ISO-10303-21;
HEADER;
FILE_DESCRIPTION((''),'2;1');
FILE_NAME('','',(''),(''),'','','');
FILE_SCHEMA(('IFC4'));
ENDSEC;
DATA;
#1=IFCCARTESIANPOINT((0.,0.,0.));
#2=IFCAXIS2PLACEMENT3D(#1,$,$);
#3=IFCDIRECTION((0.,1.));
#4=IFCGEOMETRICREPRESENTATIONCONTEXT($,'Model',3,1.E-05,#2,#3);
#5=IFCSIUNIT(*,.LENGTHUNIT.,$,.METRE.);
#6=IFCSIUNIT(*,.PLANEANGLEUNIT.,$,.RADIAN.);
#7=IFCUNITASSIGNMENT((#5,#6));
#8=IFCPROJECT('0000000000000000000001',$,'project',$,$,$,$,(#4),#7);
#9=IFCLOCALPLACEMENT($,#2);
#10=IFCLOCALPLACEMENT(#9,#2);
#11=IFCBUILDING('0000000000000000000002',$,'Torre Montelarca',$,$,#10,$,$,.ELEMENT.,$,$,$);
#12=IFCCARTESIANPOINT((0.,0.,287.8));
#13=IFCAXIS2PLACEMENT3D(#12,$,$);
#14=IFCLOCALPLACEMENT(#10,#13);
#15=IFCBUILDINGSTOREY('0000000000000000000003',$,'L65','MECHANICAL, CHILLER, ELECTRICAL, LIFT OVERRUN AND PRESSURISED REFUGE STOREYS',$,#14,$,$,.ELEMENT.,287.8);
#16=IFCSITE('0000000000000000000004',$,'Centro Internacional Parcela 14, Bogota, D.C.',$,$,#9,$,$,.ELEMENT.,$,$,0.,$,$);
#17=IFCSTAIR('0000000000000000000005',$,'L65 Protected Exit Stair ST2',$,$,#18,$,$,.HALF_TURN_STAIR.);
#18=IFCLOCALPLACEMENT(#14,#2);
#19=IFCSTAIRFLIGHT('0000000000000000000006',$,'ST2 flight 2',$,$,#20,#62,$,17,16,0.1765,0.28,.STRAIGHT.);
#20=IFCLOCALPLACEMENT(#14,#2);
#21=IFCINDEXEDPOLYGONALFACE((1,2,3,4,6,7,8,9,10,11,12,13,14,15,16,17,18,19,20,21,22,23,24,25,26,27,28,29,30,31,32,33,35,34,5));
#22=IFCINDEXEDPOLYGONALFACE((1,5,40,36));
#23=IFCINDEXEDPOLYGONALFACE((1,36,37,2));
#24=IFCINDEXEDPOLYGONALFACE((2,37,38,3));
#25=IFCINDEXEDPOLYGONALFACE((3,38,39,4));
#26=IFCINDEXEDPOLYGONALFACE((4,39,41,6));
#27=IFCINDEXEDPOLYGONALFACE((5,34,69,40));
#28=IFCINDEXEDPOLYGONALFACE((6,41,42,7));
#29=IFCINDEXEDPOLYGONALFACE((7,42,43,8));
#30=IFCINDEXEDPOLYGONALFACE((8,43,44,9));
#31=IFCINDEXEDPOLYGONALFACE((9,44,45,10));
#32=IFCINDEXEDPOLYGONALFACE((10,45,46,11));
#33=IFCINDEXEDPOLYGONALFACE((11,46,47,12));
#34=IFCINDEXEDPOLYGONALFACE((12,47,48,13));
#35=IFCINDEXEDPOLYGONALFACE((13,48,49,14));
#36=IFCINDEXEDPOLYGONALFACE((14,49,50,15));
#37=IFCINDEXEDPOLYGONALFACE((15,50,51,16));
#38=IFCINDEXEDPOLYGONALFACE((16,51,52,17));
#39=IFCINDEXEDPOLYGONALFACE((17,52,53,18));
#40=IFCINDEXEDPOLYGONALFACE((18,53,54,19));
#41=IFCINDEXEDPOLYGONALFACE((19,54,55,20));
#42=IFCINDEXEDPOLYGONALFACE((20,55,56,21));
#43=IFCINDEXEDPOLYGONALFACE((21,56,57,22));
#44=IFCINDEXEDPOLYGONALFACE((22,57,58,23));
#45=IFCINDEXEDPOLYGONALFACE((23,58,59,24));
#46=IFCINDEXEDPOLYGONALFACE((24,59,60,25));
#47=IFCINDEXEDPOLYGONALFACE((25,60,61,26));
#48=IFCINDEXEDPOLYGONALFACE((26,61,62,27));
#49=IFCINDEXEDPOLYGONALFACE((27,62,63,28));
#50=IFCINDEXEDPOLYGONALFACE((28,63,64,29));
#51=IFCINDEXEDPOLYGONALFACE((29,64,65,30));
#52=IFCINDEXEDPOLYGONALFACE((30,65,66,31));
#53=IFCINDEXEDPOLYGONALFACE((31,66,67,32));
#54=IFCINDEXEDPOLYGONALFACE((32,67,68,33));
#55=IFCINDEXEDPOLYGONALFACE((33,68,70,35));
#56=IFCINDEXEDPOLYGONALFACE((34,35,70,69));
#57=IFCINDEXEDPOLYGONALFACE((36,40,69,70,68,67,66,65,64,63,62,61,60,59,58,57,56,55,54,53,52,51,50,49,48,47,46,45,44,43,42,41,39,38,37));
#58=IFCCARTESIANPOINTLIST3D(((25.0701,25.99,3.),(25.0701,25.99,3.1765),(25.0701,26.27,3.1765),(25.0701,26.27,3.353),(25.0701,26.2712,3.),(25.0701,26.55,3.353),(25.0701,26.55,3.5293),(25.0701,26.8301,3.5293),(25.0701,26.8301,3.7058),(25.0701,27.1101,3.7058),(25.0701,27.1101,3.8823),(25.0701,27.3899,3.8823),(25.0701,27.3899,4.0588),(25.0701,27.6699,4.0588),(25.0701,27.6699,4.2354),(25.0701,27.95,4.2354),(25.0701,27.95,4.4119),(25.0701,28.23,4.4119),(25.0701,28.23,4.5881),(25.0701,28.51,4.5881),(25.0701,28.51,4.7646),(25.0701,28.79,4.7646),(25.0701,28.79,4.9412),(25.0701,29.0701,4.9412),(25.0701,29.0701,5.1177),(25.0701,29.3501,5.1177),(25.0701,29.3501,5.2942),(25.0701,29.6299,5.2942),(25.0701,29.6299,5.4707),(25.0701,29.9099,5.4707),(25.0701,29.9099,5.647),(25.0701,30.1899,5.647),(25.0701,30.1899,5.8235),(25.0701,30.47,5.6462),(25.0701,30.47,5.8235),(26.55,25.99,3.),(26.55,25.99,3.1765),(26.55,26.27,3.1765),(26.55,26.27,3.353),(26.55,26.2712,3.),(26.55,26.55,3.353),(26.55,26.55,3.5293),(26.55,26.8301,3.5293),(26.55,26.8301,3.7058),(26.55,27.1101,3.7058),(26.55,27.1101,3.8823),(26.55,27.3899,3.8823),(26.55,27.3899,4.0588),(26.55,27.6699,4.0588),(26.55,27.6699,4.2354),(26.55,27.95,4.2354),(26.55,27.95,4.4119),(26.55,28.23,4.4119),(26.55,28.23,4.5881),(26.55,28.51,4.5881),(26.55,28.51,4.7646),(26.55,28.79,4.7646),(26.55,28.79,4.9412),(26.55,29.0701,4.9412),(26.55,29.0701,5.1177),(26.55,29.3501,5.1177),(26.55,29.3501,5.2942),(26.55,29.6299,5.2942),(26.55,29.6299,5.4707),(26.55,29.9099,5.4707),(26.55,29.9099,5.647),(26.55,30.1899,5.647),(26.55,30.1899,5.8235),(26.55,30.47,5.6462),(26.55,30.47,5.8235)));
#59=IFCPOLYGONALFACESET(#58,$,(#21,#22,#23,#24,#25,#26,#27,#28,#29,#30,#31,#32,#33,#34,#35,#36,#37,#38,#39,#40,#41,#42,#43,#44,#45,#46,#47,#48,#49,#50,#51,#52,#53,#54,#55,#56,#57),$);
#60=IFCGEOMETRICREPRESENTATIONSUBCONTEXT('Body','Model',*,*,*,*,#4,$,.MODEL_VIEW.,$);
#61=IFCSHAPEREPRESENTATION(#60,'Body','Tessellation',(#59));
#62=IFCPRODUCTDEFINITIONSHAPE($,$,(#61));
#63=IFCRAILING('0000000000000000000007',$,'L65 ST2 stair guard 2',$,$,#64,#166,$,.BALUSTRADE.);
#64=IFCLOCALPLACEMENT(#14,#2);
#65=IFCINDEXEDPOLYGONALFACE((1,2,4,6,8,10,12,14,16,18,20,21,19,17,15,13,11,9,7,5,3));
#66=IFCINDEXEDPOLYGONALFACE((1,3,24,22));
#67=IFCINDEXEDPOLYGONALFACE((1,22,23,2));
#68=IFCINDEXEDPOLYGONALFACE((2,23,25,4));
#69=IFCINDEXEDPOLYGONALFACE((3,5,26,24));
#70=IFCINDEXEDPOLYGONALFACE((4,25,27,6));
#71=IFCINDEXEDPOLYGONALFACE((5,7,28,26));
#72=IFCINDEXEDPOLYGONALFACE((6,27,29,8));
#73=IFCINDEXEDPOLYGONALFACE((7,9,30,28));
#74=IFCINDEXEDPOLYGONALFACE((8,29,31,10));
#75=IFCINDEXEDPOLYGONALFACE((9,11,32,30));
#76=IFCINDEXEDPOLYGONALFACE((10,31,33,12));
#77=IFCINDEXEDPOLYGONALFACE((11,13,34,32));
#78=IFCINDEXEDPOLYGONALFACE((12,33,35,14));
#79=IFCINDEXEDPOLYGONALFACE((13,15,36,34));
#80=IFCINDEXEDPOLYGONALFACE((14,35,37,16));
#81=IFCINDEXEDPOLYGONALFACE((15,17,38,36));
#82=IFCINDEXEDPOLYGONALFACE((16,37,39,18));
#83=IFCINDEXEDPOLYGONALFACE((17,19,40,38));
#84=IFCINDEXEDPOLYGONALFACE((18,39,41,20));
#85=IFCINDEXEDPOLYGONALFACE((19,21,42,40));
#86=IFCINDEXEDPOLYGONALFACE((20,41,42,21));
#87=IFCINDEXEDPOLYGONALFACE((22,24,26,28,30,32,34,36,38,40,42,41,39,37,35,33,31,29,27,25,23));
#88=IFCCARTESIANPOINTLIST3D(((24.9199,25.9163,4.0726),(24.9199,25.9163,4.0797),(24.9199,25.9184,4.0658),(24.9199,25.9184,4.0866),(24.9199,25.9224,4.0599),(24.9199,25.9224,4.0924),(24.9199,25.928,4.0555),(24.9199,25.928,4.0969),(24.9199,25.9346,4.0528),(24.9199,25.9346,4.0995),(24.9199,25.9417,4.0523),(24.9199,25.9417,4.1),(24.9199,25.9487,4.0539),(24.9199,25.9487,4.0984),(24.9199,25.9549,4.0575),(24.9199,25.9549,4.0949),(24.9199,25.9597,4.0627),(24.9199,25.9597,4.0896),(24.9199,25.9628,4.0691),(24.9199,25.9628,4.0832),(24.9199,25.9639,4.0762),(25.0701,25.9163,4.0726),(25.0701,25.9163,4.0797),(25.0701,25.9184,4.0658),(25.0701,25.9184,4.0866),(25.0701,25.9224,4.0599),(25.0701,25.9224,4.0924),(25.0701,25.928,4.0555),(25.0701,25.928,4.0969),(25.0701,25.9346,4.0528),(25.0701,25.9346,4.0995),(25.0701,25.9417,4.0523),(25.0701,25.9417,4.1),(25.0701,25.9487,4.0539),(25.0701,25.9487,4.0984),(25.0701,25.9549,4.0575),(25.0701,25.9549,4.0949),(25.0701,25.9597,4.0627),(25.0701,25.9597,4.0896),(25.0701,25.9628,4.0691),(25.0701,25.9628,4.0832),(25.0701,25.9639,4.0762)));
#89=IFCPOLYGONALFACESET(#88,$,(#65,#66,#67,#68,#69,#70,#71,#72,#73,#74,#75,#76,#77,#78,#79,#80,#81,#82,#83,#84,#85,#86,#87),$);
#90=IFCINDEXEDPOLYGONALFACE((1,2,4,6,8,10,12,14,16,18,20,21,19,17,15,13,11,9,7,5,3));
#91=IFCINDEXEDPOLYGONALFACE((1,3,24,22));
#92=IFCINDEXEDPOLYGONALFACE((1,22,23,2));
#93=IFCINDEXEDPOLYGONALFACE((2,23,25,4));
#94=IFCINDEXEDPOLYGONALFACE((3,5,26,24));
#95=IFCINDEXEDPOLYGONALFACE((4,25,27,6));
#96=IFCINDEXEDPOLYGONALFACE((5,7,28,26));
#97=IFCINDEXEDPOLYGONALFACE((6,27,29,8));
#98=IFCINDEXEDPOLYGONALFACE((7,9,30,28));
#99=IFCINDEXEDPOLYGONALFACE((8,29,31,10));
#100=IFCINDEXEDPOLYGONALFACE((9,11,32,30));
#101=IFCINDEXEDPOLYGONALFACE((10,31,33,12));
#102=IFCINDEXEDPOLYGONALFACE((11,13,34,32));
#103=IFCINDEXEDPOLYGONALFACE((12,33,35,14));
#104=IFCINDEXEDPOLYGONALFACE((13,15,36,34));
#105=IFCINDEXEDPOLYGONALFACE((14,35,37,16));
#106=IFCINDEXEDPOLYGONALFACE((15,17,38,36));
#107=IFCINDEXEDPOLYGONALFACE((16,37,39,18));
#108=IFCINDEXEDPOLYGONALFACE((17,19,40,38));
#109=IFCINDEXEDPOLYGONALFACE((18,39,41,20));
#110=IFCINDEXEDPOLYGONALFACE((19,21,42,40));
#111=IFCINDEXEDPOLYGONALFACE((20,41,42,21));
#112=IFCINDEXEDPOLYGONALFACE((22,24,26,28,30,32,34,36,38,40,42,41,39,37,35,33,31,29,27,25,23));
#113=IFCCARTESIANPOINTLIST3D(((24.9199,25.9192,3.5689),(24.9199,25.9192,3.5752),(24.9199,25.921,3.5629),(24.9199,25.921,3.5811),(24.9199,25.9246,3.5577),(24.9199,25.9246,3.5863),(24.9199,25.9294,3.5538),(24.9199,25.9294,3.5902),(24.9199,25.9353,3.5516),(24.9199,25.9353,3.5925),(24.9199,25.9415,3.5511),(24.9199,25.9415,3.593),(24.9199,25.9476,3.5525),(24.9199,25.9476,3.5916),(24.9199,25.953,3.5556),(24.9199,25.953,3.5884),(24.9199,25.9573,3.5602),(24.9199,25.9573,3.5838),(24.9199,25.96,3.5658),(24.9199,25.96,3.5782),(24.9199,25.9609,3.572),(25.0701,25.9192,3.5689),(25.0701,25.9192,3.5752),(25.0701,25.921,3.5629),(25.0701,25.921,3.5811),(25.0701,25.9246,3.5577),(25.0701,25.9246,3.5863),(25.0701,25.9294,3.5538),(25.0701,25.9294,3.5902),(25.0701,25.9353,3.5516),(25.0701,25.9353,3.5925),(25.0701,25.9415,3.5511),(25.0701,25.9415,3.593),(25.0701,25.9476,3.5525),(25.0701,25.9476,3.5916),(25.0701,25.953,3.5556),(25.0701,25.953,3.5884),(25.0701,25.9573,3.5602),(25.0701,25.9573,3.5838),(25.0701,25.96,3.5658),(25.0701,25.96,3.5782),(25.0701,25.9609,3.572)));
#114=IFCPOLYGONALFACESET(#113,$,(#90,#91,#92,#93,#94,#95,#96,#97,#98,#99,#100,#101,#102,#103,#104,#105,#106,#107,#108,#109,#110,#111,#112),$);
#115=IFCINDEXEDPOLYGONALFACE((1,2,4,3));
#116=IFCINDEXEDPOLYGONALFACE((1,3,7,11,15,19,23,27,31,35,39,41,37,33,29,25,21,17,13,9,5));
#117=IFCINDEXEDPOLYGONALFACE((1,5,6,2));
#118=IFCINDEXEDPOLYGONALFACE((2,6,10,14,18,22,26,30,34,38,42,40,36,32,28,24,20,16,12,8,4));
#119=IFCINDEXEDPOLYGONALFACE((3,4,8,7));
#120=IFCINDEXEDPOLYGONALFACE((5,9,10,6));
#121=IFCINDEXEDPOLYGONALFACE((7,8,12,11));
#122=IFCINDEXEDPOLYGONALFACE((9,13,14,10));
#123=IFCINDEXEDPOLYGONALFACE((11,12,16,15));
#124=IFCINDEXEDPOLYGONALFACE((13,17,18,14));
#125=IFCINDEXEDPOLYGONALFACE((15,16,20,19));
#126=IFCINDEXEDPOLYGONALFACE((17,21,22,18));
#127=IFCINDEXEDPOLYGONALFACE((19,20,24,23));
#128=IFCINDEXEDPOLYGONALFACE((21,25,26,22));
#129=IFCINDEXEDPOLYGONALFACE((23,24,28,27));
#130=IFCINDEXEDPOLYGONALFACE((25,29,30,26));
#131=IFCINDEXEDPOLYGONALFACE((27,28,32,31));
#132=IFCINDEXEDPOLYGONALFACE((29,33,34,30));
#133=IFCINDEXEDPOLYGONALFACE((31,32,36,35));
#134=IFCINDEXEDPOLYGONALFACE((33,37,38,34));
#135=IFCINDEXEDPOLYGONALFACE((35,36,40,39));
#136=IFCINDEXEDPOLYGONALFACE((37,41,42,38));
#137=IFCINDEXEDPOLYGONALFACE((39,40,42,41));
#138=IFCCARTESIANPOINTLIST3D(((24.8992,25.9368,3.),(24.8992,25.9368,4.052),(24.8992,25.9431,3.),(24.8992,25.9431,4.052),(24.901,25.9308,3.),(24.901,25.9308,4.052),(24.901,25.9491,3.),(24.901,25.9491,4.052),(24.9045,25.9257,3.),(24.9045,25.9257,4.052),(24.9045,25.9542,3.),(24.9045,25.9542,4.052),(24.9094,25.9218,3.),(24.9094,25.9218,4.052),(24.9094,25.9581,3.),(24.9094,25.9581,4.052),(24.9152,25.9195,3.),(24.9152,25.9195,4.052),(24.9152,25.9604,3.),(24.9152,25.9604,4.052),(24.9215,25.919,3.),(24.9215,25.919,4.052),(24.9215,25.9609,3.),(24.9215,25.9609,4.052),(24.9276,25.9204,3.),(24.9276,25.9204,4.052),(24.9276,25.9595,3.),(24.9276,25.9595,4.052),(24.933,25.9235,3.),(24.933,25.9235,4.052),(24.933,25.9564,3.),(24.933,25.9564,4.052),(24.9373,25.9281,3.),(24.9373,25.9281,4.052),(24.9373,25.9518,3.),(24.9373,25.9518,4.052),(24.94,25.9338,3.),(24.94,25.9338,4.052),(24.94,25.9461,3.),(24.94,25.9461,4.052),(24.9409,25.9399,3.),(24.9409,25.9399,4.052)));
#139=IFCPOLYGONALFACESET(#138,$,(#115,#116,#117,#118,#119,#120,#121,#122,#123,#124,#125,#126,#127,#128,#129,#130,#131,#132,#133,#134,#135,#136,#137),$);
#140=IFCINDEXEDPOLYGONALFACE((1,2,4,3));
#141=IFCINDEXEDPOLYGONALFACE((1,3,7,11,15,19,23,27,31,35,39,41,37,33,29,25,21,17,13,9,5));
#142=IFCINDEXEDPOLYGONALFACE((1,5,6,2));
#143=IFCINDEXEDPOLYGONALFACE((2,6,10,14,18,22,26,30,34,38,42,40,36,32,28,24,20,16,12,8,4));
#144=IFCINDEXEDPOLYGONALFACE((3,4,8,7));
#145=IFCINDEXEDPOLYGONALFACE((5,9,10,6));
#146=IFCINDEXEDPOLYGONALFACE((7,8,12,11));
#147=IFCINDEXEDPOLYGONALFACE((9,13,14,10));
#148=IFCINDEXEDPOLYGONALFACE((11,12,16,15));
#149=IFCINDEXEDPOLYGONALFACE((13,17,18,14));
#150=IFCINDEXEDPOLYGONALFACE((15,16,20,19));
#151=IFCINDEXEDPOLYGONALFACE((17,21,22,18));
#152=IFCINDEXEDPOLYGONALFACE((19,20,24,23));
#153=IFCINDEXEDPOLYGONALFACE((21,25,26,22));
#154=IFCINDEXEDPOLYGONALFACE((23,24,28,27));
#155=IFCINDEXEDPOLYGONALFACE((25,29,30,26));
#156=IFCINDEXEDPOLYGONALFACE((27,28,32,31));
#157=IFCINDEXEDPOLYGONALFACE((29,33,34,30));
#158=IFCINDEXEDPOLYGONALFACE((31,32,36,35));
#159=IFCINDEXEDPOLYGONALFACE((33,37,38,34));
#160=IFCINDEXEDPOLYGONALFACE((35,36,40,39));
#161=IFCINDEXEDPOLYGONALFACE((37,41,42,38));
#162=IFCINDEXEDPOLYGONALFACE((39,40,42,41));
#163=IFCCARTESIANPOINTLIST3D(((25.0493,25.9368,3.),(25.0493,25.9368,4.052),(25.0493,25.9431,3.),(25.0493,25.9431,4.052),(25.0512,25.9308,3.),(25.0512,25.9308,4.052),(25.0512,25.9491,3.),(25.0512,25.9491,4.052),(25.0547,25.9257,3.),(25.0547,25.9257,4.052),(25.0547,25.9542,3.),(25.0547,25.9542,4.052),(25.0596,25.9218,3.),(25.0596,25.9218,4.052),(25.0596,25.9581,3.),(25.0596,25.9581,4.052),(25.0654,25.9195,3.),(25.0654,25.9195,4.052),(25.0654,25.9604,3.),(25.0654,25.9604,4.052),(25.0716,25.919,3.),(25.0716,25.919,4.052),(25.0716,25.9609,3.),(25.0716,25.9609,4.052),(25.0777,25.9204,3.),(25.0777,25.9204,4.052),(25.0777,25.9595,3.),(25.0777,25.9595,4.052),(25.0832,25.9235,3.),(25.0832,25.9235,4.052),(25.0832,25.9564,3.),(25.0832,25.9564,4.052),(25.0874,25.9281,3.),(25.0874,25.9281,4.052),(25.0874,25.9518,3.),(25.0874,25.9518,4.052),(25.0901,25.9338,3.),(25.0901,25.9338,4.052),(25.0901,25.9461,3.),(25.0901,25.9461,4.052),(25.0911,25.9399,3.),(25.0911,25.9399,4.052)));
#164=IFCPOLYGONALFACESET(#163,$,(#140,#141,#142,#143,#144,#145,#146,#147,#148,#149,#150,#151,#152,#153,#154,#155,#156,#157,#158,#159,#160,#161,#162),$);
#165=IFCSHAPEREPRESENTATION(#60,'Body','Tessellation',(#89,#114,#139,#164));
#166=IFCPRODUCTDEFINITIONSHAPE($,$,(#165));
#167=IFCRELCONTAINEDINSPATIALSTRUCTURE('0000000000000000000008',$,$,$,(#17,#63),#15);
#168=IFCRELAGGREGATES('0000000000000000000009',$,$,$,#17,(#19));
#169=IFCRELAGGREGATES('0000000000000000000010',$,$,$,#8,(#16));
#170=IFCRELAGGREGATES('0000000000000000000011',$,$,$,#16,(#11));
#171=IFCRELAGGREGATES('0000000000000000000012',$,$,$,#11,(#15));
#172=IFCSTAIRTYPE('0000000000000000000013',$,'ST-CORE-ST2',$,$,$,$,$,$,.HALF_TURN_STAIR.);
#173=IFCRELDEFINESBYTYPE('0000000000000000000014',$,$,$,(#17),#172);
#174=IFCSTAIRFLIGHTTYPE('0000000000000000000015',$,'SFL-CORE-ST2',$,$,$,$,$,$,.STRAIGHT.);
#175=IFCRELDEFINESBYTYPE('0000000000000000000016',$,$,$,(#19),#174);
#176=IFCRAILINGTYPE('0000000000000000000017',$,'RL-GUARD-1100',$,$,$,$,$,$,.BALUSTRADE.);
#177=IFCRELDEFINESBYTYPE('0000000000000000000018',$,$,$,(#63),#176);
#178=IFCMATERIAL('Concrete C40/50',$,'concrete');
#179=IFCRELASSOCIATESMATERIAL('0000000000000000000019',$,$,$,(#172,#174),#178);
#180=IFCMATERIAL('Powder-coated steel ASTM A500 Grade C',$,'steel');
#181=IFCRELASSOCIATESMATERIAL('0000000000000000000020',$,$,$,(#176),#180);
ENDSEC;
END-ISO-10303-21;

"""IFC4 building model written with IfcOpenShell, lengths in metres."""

from ifc_helpers import new_model, si_unit, direction, frame, origin, origin_2d, place, context, subcontext, project, spatial, polyline, circle, outline, extrude, material, type_object, element, aggregate, save


model = new_model("IFC4")

# Units and contexts
model_context = context("Model", 3, precision=1e-05, world=origin(), true_north=direction((0.0, 1.0)))
body_context = subcontext(model_context, "Body", "Model", "MODEL_VIEW")
ifc_project = project(units=[si_unit("LENGTHUNIT", "METRE"), si_unit("PLANEANGLEUNIT", "RADIAN")], contexts=[model_context])

# Site, building, storey
site_placement = place(None, origin())
site = spatial("IfcSite", under=ifc_project, at=site_placement, Name="Centro Internacional Parcela 14, Bogota, D.C.", CompositionType="ELEMENT", RefElevation=0.0)
building_placement = place(site_placement, origin())
building = spatial("IfcBuilding", under=site, at=building_placement, Name="Torre Montelarca", CompositionType="ELEMENT")
storey_placement = place(building_placement, frame((0.0, 0.0, 287.8)))
storey = spatial("IfcBuildingStorey", under=building, at=storey_placement, Name="L65", Description="MECHANICAL, CHILLER, ELECTRICAL, LIFT OVERRUN AND PRESSURISED REFUGE STOREYS", CompositionType="ELEMENT", Elevation=287.8)

# Stair, stair flight
ifc_material_1 = material(Name="Concrete C40/50", Category="concrete")
stair_type = type_object("IfcStairType", Name="ST-CORE-ST2", PredefinedType="HALF_TURN_STAIR", material=ifc_material_1)
stair_placement = place(storey_placement, origin())
stair = element("IfcStair", 1, at=stair_placement, inside=storey, type_object=stair_type, Name="L65 Protected Exit Stair ST2", PredefinedType="HALF_TURN_STAIR")
stair_flight_type = type_object("IfcStairFlightType", Name="SFL-CORE-ST2", PredefinedType="STRAIGHT", material=ifc_material_1)
stair_flight_placement = place(storey_placement, frame((25.8101, 25.99, 3.0), z_axis=(0.0, 0.0, 1.0), x_axis=(0.0, 1.0, 0.0)))
stair_flight = element("IfcStairFlight", 2, at=stair_flight_placement, type_object=stair_flight_type, Name="ST2 flight 2", NumberOfRisers=17, NumberOfTreads=16, PredefinedType="STRAIGHT", RiserHeight=0.1765, TreadLength=0.28, context=body_context, shape_type="SweptSolid", body=[
    extrude(outline(polyline([(0.0, 0.0), (0.0, 0.1765), (0.28, 0.1765), (0.28, 0.353), (0.5601, 0.353), (0.5601, 0.5293), (0.8401, 0.5293), (0.8401, 0.7058), (1.1201, 0.7058), (1.1201, 0.8823), (1.3999, 0.8823), (1.3999, 1.0588), (1.6799, 1.0588), (1.6799, 1.2354), (1.96, 1.2354), (1.96, 1.4119), (2.24, 1.4119), (2.24, 1.5881), (2.52, 1.5881), (2.52, 1.7646), (2.8, 1.7646), (2.8, 1.9412), (3.0801, 1.9412), (3.0801, 2.1177), (3.3601, 2.1177), (3.3601, 2.2942), (3.6399, 2.2942), (3.6399, 2.4707), (3.9199, 2.4707), (3.9199, 2.647), (4.2, 2.647), (4.2, 2.8235), (4.48, 2.8235), (4.48, 3.0), (4.48, 2.6462), (0.2812, 0.0), (0.0, 0.0)])), frame((0.0, 0.74, 0.0), z_axis=(0.0, -1.0, 0.0), x_axis=(1.0, 0.0, 0.0)), (0.0, 0.0, 1.0), 1.48),
])
aggregate(stair, [stair_flight])

# Railing
ifc_material_2 = material(Name="Powder-coated steel ASTM A500 Grade C", Category="steel")
railing_type_1 = type_object("IfcRailingType", Name="RL-GUARD-1100", PredefinedType="BALUSTRADE", material=ifc_material_2)
railing_1_placement = place(storey_placement, frame((24.9199, 25.9399, 3.0)))
element("IfcRailing", 3, at=railing_1_placement, inside=storey, type_object=railing_type_1, Name="L65 ST2 stair guard 2", PredefinedType="BALUSTRADE", context=body_context, shape_type="SweptSolid", body=[
    extrude(circle(Radius=0.0239, at=origin_2d()), frame((0.0, 0.0, 1.0762), z_axis=(1.0, 0.0, 0.0), x_axis=(0.0, 1.0, 0.0)), (0.0, 0.0, 1.0), 0.1501),
    extrude(circle(Radius=0.021, at=origin_2d()), frame((0.0, 0.0, 0.572), z_axis=(1.0, 0.0, 0.0), x_axis=(0.0, 1.0, 0.0)), (0.0, 0.0, 1.0), 0.1501),
    extrude(circle(Radius=0.021, at=origin_2d()), origin(), (0.0, 0.0, 1.0), 1.052),
    extrude(circle(Radius=0.021, at=origin_2d()), frame((0.1501, 0.0, 0.0)), (0.0, 0.0, 1.0), 1.052),
])

save(model, "model.ifc")
